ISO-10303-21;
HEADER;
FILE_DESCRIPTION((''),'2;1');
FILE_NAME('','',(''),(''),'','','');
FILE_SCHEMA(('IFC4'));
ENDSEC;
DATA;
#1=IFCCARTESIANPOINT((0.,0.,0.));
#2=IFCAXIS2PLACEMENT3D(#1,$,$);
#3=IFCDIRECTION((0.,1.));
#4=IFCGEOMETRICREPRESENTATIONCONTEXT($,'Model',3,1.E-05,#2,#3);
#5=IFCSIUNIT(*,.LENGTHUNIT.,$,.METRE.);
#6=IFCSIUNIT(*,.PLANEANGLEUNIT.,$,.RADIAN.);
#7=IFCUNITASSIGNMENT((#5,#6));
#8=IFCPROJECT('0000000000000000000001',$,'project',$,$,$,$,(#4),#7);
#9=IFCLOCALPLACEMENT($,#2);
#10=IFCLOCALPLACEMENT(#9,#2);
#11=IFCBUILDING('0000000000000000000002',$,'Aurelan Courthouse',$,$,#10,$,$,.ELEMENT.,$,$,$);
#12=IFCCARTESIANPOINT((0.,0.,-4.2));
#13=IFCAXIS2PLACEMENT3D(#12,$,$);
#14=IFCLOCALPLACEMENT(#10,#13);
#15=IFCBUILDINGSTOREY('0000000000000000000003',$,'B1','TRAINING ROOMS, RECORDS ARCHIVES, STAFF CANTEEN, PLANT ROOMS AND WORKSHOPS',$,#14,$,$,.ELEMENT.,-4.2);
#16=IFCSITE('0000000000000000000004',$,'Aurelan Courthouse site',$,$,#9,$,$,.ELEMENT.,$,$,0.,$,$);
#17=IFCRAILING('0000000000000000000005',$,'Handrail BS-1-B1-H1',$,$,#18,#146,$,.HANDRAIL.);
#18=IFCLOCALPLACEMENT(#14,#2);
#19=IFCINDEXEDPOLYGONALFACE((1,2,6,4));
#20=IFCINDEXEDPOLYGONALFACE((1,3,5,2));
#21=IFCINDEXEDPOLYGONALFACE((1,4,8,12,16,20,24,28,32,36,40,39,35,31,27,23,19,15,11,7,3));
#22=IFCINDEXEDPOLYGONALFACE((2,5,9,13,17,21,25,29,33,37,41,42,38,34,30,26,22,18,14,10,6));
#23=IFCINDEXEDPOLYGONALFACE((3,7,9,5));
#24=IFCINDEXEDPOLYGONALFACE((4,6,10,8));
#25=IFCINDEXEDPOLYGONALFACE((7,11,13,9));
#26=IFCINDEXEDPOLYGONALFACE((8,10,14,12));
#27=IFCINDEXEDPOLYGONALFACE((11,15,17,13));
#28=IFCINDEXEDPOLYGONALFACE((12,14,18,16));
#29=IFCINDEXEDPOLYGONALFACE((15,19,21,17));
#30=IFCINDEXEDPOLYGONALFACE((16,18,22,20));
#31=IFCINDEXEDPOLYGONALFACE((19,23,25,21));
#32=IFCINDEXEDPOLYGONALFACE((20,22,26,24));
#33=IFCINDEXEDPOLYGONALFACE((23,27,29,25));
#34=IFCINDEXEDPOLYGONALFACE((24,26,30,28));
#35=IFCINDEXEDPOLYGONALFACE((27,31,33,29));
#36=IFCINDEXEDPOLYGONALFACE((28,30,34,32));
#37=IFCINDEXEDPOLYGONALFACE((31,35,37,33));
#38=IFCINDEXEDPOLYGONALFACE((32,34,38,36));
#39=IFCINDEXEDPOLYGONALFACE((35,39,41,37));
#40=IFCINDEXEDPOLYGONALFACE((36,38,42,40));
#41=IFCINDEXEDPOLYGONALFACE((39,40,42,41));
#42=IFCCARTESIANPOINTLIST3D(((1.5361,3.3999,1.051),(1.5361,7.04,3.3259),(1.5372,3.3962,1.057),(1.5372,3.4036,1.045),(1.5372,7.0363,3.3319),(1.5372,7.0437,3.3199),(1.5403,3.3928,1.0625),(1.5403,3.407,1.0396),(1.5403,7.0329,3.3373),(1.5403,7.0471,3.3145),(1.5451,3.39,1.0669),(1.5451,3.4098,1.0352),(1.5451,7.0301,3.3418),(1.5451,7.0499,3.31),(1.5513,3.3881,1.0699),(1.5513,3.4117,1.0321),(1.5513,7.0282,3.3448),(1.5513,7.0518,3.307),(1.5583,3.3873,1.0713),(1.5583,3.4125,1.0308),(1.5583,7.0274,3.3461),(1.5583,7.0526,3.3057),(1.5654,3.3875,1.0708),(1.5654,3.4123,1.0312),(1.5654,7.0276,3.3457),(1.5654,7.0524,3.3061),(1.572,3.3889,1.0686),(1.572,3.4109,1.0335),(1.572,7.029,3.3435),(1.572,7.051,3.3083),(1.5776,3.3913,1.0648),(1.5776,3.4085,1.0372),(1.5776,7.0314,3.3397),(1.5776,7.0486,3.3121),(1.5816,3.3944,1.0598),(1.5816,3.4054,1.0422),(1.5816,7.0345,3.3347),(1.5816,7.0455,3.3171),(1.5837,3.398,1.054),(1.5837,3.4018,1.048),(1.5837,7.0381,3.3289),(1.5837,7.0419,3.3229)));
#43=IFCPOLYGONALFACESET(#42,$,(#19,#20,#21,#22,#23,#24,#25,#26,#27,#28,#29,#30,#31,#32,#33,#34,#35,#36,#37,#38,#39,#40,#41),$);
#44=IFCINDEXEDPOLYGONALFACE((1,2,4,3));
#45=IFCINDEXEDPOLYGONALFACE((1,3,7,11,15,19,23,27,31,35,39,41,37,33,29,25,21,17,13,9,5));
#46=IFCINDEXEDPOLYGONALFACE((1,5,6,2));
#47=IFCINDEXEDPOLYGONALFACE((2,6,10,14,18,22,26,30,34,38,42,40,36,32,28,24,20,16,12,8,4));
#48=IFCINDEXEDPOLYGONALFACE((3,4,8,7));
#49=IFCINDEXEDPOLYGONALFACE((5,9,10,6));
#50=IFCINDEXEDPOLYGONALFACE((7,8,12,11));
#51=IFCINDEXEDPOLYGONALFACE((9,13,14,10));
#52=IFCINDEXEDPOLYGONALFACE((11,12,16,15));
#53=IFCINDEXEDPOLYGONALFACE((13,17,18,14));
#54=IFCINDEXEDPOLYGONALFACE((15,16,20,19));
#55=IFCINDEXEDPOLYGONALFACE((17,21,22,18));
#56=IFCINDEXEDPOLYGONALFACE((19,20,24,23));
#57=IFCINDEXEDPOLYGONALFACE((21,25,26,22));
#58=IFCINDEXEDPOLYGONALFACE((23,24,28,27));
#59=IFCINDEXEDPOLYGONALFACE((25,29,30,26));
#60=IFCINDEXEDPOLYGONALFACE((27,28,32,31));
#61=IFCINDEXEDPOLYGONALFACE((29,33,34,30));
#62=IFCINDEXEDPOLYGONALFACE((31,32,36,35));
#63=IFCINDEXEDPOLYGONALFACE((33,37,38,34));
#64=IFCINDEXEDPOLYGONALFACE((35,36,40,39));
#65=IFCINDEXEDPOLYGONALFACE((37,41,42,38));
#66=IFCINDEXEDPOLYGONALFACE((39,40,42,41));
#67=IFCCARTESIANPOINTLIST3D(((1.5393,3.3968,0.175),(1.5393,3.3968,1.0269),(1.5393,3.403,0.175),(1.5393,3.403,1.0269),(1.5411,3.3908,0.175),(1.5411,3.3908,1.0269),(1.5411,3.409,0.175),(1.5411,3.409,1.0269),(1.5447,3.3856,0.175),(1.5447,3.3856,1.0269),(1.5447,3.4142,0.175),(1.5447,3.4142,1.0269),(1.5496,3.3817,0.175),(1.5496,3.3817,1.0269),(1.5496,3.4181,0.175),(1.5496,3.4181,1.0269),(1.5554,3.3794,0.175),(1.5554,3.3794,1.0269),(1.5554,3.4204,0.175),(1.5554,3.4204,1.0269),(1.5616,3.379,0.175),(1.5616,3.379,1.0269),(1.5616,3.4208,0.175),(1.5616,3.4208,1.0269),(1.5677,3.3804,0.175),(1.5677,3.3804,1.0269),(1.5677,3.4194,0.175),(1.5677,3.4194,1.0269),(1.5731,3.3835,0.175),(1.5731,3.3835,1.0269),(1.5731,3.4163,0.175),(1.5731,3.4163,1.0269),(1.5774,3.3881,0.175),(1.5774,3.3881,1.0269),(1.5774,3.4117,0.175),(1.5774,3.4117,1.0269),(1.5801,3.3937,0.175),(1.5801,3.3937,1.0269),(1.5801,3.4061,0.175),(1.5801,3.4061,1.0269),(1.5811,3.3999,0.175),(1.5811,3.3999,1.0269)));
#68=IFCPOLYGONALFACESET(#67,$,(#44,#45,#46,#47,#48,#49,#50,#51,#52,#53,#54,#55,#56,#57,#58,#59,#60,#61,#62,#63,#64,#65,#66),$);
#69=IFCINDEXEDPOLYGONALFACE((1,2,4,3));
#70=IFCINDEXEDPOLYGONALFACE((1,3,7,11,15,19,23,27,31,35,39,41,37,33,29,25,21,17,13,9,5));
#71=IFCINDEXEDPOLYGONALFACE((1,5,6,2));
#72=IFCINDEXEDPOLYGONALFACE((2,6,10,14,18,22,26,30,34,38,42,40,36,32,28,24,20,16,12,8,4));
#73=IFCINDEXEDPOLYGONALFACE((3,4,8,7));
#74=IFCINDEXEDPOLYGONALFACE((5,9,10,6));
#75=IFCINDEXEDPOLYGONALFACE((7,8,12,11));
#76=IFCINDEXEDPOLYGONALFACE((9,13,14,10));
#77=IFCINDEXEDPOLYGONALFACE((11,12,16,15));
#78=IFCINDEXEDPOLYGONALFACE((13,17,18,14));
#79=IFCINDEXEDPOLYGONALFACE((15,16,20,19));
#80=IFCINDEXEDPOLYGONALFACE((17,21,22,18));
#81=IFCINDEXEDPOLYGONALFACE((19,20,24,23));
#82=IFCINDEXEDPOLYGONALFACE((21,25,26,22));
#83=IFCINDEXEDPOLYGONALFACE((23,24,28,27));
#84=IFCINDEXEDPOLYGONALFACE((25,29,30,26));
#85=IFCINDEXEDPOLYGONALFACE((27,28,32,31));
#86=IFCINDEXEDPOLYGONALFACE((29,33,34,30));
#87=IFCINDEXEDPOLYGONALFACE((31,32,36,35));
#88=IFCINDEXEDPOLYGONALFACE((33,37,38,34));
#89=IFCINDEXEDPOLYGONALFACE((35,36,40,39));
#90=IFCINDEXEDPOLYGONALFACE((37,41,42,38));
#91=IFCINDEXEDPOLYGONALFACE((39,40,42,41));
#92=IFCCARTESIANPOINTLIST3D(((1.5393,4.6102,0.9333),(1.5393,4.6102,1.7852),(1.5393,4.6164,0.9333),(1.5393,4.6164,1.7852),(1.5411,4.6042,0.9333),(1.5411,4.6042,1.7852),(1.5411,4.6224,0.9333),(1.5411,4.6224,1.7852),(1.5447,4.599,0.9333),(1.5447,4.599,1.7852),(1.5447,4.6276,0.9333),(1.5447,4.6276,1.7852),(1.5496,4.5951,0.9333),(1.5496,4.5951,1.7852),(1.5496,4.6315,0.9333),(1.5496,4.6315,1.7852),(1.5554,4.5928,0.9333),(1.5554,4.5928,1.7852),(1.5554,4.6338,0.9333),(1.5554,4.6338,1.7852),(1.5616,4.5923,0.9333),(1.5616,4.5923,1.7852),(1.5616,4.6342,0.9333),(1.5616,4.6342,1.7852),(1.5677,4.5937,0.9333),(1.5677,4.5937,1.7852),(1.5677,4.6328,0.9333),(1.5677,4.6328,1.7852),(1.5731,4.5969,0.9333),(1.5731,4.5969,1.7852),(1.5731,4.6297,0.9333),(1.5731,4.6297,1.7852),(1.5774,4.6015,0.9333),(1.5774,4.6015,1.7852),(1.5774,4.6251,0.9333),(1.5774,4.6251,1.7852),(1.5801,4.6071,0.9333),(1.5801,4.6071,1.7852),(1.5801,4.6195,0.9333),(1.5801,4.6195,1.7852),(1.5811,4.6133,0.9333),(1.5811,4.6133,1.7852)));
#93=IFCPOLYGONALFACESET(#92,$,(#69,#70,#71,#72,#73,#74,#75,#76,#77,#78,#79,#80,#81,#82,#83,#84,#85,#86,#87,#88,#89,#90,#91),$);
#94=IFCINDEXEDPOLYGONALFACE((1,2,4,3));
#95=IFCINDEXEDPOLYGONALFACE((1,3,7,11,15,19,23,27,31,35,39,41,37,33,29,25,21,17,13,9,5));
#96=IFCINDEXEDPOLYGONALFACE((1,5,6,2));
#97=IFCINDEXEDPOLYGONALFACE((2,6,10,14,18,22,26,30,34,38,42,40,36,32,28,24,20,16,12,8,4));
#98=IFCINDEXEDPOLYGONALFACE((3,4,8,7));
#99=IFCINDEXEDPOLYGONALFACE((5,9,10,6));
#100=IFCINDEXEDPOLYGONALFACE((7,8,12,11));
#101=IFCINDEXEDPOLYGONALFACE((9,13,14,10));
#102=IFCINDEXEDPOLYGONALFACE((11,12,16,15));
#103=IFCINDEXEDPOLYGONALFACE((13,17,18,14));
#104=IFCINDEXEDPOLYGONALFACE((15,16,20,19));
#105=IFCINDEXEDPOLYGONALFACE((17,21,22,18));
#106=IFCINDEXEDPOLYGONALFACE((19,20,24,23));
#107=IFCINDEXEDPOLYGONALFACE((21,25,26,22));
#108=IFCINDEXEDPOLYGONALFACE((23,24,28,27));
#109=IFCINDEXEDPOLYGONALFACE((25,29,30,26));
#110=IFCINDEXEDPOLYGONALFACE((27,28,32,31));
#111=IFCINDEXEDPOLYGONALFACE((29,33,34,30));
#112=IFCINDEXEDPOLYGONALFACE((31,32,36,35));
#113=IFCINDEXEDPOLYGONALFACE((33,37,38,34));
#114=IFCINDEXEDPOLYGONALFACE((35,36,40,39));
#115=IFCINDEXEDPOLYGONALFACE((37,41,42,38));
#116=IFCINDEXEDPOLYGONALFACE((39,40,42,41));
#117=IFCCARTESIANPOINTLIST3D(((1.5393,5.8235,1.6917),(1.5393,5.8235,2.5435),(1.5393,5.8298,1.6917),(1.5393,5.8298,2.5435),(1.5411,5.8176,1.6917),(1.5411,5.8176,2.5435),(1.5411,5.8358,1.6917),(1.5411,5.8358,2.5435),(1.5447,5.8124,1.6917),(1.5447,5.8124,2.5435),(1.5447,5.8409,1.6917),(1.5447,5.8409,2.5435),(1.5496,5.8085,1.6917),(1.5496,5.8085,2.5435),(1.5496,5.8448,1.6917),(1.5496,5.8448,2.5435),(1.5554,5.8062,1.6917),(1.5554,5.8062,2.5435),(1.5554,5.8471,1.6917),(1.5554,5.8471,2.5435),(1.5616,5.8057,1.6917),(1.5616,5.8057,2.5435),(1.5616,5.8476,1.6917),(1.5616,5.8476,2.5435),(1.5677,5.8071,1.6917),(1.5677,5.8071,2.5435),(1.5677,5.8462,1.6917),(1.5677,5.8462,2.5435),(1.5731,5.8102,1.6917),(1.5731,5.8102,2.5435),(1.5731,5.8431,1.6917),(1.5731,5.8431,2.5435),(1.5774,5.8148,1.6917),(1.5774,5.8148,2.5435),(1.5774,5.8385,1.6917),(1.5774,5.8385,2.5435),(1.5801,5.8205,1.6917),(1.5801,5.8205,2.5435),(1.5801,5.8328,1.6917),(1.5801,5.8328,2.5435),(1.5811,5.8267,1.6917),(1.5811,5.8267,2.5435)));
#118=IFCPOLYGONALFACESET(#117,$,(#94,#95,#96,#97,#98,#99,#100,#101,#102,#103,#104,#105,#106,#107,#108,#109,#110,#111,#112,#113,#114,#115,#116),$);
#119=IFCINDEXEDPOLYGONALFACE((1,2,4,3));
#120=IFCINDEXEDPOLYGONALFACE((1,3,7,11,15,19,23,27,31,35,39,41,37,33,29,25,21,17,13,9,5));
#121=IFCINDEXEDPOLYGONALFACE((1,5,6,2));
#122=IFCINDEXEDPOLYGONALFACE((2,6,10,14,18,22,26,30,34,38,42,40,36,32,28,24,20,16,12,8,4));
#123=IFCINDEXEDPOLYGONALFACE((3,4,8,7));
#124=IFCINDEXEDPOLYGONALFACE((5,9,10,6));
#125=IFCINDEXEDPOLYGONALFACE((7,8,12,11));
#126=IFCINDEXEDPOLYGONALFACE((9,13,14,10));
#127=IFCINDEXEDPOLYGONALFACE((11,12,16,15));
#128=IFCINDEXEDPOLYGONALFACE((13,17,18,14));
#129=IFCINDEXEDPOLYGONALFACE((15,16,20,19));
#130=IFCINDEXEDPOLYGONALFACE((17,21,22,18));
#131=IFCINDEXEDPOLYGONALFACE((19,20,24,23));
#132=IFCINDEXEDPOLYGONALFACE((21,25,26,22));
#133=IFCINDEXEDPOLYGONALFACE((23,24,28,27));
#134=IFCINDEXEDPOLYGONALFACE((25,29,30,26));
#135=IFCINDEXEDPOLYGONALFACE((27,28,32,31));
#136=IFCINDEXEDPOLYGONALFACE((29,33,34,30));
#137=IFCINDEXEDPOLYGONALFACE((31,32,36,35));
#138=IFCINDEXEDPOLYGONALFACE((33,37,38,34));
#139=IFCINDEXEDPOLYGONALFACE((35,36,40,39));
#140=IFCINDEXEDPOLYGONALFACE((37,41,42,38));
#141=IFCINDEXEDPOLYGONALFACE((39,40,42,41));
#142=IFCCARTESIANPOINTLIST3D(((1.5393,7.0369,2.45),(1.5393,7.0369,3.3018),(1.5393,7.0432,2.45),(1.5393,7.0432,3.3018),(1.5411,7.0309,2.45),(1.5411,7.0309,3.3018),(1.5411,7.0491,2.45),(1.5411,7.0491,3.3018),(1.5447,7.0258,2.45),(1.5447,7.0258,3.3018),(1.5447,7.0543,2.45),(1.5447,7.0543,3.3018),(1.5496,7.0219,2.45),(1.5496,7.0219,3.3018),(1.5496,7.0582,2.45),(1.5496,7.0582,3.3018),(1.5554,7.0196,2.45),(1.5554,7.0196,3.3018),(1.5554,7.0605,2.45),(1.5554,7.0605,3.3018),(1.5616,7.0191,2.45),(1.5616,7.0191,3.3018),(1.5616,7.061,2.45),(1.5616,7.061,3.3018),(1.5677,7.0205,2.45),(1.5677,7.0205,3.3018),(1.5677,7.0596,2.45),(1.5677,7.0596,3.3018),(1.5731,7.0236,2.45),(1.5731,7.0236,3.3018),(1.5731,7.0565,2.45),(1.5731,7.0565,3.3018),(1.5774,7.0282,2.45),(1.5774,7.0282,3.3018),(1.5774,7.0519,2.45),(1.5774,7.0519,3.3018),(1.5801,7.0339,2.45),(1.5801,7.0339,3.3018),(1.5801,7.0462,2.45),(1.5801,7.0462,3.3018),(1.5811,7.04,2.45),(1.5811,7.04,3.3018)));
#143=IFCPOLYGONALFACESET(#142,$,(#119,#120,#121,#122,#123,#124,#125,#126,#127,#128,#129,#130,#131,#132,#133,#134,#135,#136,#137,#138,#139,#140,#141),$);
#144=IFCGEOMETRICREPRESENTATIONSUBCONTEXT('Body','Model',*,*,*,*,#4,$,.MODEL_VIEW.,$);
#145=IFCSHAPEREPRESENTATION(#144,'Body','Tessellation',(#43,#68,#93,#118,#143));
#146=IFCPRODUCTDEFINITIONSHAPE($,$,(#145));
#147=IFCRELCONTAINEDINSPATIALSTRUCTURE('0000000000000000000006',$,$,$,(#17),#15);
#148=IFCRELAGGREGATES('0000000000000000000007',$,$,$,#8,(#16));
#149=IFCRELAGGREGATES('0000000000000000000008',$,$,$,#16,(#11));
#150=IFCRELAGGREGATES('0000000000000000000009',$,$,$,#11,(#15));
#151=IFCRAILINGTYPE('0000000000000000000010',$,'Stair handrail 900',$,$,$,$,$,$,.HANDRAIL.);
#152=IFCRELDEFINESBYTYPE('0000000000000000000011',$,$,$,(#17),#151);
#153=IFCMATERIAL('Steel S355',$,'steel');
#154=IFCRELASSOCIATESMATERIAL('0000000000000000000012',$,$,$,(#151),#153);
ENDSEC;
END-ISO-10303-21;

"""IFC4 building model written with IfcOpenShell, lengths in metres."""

from ifc_helpers import new_model, si_unit, direction, frame, origin, origin_2d, place, context, subcontext, project, spatial, circle, extrude, material, type_object, element, save


model = new_model("IFC4")

# Units and contexts
model_context = context("Model", 3, precision=1e-05, world=origin(), true_north=direction((0.0, 1.0)))
body_context = subcontext(model_context, "Body", "Model", "MODEL_VIEW")
ifc_project = project(units=[si_unit("LENGTHUNIT", "METRE"), si_unit("PLANEANGLEUNIT", "RADIAN")], contexts=[model_context])

# Site, building, storey
site_placement = place(None, origin())
site = spatial("IfcSite", under=ifc_project, at=site_placement, Name="Aurelan Courthouse site", CompositionType="ELEMENT", RefElevation=0.0)
building_placement = place(site_placement, origin())
building = spatial("IfcBuilding", under=site, at=building_placement, Name="Aurelan Courthouse", CompositionType="ELEMENT")
storey_placement = place(building_placement, frame((0.0, 0.0, -4.2)))
storey = spatial("IfcBuildingStorey", under=building, at=storey_placement, Name="B1", Description="TRAINING ROOMS, RECORDS ARCHIVES, STAFF CANTEEN, PLANT ROOMS AND WORKSHOPS", CompositionType="ELEMENT", Elevation=-4.2)

# Railing
ifc_material_1 = material(Name="Steel S355", Category="steel")
railing_type_1 = type_object("IfcRailingType", Name="Stair handrail 900", PredefinedType="HANDRAIL", material=ifc_material_1)
for number, where, name in (
    (1, (1.5601, 3.3999, 0.175), "Handrail BS-1-B1-H1"),
):
    element("IfcRailing", number, at=place(storey_placement, frame(where)), inside=storey, type_object=railing_type_1, Name=name, PredefinedType="HANDRAIL", context=body_context, shape_type="SweptSolid", body=[
        extrude(circle(Radius=0.0239, at=origin_2d()), frame((0.0, 0.0, 0.876), z_axis=(0.0, 0.848017, 0.529968), x_axis=(-1.0, 0.0, 0.0)), (0.0, 0.0, 1.0), 4.2925),
        extrude(circle(Radius=0.021, at=origin_2d()), origin(), (0.0, 0.0, 1.0), 0.8518),
        extrude(circle(Radius=0.021, at=origin_2d()), frame((0.0, 1.2134, 0.7583)), (0.0, 0.0, 1.0), 0.8518),
        extrude(circle(Radius=0.021, at=origin_2d()), frame((0.0, 2.4268, 1.5166)), (0.0, 0.0, 1.0), 0.8518),
        extrude(circle(Radius=0.021, at=origin_2d()), frame((0.0, 3.6401, 2.2749)), (0.0, 0.0, 1.0), 0.8518),
    ])

save(model, "model.ifc")
